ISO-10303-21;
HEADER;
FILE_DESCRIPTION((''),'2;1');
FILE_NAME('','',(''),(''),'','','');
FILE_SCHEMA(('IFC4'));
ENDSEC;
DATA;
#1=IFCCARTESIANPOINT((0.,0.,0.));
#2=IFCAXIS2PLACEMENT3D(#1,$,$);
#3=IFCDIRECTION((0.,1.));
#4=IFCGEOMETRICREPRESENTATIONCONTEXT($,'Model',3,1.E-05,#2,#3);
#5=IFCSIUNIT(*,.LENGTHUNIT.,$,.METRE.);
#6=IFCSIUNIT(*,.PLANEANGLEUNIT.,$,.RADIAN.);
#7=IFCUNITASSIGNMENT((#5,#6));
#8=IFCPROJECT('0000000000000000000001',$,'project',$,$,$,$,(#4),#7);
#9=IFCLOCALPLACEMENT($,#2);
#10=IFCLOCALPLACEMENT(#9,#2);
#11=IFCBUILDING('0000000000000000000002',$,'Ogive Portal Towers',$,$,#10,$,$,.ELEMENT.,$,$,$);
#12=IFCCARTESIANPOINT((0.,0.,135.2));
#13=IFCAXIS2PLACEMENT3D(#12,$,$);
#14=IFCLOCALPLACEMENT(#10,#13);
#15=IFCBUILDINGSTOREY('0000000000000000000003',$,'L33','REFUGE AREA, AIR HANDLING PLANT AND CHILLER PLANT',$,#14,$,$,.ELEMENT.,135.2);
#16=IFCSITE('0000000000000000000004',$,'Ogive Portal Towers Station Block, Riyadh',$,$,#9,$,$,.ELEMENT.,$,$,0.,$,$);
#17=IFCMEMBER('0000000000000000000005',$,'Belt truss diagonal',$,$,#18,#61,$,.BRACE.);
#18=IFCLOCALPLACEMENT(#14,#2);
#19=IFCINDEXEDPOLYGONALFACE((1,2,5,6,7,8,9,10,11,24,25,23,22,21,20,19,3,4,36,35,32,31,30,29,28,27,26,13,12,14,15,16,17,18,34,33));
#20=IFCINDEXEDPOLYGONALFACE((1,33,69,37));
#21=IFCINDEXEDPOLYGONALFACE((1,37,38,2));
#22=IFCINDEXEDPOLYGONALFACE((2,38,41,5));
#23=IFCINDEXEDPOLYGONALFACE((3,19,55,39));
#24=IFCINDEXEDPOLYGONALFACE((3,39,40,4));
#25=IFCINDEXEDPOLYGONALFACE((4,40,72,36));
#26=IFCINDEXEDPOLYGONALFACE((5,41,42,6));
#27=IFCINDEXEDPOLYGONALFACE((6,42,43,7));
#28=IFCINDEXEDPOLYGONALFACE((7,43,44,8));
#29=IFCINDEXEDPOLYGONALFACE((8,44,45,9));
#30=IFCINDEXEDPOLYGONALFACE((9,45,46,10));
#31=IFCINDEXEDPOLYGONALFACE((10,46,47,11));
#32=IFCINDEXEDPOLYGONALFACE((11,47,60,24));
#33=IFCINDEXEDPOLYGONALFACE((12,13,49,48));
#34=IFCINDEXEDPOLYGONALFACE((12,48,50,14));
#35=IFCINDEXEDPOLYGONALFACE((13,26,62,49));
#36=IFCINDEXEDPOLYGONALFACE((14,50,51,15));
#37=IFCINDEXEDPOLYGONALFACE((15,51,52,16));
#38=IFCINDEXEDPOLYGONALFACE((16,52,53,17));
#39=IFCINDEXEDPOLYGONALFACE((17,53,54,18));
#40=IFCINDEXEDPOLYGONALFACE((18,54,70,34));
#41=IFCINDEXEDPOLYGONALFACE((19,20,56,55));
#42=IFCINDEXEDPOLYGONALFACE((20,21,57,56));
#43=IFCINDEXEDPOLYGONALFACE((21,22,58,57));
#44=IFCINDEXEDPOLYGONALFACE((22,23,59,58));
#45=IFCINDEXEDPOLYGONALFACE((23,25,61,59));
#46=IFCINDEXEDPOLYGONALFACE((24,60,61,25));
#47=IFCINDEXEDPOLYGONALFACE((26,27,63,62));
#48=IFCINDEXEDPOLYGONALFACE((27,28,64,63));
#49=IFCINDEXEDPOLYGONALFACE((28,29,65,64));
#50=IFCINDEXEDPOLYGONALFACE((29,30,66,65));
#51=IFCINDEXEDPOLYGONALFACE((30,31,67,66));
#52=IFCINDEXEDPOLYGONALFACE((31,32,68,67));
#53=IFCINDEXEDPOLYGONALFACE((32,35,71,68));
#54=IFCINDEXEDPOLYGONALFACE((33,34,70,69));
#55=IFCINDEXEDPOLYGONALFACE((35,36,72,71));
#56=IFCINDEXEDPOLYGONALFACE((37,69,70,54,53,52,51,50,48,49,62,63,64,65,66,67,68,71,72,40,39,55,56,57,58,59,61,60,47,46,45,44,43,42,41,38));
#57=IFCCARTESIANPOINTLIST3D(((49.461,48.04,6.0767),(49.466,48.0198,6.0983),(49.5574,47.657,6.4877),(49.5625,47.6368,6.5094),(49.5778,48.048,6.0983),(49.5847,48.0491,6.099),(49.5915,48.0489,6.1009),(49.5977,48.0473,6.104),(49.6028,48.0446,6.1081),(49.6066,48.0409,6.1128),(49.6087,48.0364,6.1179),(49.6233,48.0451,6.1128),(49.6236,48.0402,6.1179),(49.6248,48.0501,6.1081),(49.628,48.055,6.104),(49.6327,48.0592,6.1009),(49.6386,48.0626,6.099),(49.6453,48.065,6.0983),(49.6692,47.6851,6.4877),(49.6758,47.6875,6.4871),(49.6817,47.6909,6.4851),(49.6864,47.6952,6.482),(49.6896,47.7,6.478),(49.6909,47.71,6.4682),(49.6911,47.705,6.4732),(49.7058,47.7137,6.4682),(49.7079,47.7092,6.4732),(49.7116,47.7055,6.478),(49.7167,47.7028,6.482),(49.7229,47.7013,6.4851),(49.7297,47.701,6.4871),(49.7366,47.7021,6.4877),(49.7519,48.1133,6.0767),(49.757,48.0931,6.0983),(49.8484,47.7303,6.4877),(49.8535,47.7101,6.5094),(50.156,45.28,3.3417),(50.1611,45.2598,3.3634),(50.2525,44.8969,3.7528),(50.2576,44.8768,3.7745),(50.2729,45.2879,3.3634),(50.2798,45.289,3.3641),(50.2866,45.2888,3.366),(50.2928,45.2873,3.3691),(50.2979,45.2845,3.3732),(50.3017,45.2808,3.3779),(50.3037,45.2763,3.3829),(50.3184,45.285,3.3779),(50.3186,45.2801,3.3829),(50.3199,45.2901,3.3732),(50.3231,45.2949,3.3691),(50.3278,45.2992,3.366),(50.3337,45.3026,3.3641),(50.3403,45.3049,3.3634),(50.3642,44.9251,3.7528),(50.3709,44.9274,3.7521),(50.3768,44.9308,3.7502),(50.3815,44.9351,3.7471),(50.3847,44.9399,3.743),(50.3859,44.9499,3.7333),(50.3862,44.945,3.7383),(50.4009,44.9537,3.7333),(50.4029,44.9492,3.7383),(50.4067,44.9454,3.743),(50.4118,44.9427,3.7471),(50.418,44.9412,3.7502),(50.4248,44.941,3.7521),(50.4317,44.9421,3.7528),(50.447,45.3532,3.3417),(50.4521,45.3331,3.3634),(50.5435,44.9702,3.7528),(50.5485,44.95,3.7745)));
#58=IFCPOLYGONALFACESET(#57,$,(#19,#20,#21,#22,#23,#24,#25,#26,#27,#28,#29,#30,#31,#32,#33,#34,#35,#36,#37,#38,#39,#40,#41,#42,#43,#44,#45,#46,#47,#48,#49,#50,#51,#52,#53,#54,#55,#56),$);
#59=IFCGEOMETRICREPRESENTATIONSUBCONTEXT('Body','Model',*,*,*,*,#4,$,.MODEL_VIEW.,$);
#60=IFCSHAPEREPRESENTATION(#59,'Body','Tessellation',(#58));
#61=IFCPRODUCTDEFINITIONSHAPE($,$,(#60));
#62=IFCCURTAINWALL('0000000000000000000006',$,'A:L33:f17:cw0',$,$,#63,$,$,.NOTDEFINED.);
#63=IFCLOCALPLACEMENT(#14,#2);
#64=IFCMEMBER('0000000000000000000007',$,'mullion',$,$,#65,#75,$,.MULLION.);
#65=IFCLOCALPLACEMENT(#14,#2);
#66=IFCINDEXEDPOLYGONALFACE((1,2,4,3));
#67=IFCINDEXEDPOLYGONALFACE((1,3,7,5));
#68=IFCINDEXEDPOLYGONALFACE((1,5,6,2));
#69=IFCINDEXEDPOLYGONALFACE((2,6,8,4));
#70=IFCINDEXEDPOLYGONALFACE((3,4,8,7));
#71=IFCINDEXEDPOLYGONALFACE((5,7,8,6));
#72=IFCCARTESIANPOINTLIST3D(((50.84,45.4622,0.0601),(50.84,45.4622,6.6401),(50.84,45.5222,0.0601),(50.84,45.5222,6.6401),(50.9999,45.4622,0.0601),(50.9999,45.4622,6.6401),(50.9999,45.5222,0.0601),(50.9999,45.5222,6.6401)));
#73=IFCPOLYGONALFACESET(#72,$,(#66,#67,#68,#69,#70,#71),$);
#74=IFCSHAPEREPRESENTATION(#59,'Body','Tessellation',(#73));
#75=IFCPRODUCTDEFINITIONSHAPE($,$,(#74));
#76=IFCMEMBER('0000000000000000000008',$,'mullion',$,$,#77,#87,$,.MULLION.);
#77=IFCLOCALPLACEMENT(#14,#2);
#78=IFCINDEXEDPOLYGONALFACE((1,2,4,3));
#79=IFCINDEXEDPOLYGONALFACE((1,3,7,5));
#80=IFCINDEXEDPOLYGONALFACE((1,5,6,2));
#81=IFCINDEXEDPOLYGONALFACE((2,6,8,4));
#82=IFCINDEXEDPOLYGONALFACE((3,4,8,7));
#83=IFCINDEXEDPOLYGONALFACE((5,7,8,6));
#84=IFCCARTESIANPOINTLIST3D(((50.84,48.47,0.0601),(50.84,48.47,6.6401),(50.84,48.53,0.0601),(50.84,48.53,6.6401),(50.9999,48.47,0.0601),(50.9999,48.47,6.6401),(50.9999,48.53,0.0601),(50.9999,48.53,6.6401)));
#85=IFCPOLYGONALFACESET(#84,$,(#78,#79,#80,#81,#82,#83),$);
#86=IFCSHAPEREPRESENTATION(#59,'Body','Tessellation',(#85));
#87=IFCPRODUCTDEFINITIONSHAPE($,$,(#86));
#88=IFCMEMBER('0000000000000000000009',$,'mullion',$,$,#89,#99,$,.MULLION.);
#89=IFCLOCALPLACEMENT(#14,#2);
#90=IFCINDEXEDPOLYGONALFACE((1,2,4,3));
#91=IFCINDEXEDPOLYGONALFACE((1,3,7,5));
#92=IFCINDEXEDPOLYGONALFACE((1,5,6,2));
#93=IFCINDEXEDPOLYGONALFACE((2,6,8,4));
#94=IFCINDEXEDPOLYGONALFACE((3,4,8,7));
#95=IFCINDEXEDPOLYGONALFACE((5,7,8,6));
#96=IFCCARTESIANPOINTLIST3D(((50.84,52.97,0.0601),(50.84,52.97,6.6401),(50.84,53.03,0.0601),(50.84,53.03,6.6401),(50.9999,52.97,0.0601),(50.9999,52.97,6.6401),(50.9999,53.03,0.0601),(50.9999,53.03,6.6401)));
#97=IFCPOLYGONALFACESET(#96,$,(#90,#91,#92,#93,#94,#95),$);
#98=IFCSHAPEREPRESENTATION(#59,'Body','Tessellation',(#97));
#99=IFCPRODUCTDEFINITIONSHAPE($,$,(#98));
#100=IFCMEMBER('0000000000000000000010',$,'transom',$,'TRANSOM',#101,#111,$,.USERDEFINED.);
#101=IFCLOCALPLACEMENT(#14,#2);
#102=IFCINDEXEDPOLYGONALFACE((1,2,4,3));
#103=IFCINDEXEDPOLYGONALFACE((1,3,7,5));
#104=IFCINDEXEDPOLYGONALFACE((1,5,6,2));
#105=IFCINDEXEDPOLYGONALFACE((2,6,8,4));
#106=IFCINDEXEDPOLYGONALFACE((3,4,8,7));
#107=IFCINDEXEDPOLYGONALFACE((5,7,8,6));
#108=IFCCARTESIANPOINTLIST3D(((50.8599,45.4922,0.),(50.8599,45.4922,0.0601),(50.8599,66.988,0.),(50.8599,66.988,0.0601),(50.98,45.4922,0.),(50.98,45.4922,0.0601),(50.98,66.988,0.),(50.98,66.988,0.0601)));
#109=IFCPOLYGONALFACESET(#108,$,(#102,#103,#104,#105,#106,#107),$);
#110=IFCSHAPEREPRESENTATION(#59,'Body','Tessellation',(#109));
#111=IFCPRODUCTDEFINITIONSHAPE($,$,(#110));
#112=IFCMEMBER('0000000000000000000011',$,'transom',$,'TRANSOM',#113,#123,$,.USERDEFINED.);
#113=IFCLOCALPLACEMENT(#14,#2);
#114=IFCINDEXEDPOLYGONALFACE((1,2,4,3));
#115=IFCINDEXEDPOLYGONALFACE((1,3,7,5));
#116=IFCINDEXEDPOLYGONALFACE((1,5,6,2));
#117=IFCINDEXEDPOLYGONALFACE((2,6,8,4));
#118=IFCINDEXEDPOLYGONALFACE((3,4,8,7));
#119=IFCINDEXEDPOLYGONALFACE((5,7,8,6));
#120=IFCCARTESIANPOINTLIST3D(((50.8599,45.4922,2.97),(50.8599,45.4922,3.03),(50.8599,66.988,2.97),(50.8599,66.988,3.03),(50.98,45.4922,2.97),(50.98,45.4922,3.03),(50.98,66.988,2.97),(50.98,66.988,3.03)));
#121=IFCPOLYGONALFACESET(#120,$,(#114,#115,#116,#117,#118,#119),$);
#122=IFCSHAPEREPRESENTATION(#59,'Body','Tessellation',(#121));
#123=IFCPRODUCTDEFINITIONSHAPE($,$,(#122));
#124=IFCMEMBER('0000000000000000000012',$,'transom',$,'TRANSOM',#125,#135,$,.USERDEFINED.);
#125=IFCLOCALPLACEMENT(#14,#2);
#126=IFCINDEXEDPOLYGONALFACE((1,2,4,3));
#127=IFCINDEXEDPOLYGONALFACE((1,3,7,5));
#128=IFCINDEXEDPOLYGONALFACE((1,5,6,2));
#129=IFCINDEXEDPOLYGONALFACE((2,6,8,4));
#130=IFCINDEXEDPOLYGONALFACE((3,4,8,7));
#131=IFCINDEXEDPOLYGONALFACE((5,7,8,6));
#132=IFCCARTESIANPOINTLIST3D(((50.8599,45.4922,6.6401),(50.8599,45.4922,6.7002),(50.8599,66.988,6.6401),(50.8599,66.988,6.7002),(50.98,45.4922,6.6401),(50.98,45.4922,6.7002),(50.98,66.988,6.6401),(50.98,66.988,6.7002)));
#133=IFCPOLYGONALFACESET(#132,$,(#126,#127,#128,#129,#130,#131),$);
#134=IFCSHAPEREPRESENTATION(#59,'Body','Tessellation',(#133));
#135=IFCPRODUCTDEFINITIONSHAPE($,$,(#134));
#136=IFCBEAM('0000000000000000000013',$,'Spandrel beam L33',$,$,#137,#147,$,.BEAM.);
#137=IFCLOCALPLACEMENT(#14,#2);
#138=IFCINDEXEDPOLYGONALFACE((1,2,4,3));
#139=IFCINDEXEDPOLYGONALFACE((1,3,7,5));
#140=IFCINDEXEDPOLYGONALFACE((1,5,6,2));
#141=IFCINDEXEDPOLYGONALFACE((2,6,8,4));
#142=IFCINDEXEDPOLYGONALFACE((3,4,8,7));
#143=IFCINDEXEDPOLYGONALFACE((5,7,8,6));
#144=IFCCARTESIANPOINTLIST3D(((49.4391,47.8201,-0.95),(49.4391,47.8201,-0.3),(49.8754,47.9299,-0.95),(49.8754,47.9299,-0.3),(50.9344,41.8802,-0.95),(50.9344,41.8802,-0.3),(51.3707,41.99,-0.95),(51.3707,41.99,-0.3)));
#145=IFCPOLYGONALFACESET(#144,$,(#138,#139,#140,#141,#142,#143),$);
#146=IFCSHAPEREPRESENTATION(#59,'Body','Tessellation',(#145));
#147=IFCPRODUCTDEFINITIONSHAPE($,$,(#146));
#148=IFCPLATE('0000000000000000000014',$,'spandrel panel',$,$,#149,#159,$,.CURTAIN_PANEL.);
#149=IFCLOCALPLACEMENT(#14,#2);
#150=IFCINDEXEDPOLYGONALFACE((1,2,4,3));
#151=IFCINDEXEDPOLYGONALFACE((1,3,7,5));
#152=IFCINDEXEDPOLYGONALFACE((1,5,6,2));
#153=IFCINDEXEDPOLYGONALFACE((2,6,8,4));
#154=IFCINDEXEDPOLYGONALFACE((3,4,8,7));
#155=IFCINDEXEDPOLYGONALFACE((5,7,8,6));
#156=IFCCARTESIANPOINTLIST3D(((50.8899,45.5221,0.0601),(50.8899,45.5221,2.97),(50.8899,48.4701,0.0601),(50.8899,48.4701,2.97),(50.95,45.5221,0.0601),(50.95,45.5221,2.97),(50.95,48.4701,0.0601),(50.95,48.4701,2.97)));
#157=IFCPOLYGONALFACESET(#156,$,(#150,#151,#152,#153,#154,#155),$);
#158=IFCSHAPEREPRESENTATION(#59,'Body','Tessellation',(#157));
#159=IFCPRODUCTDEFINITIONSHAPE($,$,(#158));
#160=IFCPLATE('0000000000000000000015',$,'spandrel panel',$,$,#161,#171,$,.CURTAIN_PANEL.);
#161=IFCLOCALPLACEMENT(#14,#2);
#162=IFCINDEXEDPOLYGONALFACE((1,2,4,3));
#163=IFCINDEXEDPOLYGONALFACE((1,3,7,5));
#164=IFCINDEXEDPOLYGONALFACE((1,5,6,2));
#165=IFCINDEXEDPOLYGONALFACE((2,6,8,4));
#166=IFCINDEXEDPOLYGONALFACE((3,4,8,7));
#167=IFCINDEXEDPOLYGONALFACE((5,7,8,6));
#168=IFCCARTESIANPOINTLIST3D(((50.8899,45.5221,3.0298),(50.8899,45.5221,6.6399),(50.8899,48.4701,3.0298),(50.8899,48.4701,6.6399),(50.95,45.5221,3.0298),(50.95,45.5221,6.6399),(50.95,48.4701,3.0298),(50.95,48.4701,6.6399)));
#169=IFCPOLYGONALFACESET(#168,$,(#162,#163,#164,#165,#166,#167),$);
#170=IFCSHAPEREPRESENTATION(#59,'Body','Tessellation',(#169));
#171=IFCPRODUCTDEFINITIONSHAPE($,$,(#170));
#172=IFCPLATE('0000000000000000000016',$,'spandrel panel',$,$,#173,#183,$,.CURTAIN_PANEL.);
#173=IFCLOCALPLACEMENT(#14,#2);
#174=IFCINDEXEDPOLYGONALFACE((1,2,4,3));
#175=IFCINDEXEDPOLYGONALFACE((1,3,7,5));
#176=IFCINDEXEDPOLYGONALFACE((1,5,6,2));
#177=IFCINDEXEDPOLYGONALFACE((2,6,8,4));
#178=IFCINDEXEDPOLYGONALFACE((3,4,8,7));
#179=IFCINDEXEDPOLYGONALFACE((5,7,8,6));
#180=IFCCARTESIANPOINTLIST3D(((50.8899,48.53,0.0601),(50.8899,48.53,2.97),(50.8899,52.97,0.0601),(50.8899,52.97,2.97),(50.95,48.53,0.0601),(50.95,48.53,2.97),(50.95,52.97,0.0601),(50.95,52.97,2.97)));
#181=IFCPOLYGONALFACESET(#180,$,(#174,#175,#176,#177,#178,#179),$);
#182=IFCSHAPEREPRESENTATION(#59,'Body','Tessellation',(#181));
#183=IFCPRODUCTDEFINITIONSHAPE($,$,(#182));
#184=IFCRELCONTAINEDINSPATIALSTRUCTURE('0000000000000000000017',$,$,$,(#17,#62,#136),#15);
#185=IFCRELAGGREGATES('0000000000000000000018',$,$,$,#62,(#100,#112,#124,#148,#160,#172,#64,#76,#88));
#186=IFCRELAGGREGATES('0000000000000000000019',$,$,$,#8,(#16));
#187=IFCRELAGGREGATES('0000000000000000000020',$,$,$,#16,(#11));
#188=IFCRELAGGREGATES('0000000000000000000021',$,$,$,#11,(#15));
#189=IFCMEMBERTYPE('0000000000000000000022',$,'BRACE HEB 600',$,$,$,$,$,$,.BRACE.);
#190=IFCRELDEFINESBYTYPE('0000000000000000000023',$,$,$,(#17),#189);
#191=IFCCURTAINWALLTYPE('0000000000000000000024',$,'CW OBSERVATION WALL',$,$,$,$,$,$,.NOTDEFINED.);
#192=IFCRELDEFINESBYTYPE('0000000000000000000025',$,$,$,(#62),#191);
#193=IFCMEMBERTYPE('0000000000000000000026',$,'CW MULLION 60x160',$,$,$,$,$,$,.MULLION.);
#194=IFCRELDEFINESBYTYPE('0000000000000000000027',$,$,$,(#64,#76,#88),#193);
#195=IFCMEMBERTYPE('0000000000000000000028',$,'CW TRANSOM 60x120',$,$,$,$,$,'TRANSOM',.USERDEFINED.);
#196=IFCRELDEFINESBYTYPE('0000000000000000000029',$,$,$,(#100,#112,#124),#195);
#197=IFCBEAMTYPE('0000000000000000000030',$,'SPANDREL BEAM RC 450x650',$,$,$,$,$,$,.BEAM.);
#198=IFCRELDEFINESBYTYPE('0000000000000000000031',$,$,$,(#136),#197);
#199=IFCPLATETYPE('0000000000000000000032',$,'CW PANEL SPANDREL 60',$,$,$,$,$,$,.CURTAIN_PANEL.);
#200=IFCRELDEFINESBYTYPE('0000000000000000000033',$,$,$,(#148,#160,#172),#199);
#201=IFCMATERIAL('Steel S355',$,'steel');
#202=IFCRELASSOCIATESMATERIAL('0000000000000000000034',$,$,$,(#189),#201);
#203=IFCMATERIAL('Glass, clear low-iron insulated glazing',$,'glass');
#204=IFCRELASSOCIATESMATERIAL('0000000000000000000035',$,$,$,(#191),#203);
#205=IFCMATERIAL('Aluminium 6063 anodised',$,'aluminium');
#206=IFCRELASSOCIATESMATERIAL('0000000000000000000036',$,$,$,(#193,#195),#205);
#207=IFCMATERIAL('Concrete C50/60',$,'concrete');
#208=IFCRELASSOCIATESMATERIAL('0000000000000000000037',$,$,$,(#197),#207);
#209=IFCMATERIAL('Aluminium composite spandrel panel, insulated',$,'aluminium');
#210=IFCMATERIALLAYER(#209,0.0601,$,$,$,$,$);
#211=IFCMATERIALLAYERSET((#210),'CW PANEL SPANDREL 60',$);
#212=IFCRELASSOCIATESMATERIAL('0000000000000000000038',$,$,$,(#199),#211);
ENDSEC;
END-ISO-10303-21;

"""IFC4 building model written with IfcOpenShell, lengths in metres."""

from ifc_helpers import new_model, si_unit, direction, frame, origin, origin_2d, place, context, subcontext, project, spatial, rectangle, i_section, extrude, material, layer, layer_set, material_profile, profile_set, type_object, element, aggregate, save


model = new_model("IFC4")

# Units and contexts
model_context = context("Model", 3, precision=1e-05, world=origin(), true_north=direction((0.0, 1.0)))
body_context = subcontext(model_context, "Body", "Model", "MODEL_VIEW")
ifc_project = project(units=[si_unit("LENGTHUNIT", "METRE"), si_unit("PLANEANGLEUNIT", "RADIAN")], contexts=[model_context])

# Site, building, storey
site_placement = place(None, origin())
site = spatial("IfcSite", under=ifc_project, at=site_placement, Name="Ogive Portal Towers Station Block, Riyadh", CompositionType="ELEMENT", RefElevation=0.0)
building_placement = place(site_placement, origin())
building = spatial("IfcBuilding", under=site, at=building_placement, Name="Ogive Portal Towers", CompositionType="ELEMENT")
storey_placement = place(building_placement, frame((0.0, 0.0, 135.2)))
storey = spatial("IfcBuildingStorey", under=building, at=storey_placement, Name="L33", Description="REFUGE AREA, AIR HANDLING PLANT AND CHILLER PLANT", CompositionType="ELEMENT", Elevation=135.2)

# Member
ifc_material_1 = material(Name="Steel S355", Category="steel")
ifc_material_profile_1 = material_profile(ifc_material_1, i_section(OverallWidth=0.3, OverallDepth=0.6001, WebThickness=0.0154, FlangeThickness=0.03, FilletRadius=0.0271, at=origin_2d()), Name="HEB 600")
ifc_profile_set_1 = profile_set([ifc_material_profile_1], Name="Steel S355")
member_type_1 = type_object("IfcMemberType", Name="BRACE HEB 600", PredefinedType="BRACE", material=ifc_profile_set_1)
member_1_placement = place(storey_placement, frame((50.3523, 45.115, 3.5581), z_axis=(-0.176092, 0.699235, 0.692865), x_axis=(-0.969722, -0.24421, 0.0)))
element("IfcMember", 1, at=member_1_placement, inside=storey, type_object=member_type_1, Name="Belt truss diagonal", PredefinedType="BRACE", context=body_context, shape_type="SweptSolid", body=[
    extrude(i_section(OverallWidth=0.3, OverallDepth=0.6001, WebThickness=0.0154, FlangeThickness=0.03, FilletRadius=0.0271, at=origin_2d()), origin(), (0.0, 0.0, 1.0), 3.9473),
])

# Curtain wall, members
ifc_material_2 = material(Name="Glass, clear low-iron insulated glazing", Category="glass")
curtain_wall_type = type_object("IfcCurtainWallType", Name="CW OBSERVATION WALL", PredefinedType="NOTDEFINED", material=ifc_material_2)
curtain_wall_1_placement = place(storey_placement, origin())
curtain_wall_1 = element("IfcCurtainWall", 2, at=curtain_wall_1_placement, inside=storey, type_object=curtain_wall_type, Name="A:L33:f17:cw0", PredefinedType="NOTDEFINED")
ifc_material_3 = material(Name="Aluminium 6063 anodised", Category="aluminium")
ifc_material_profile_2 = material_profile(ifc_material_3, rectangle(XDim=0.1599, YDim=0.0601, at=origin_2d()), Name="AL 60x160")
ifc_profile_set_2 = profile_set([ifc_material_profile_2], Name="Aluminium 6063 anodised")
member_type_2 = type_object("IfcMemberType", Name="CW MULLION 60x160", PredefinedType="MULLION", material=ifc_profile_set_2)
member_2_placement = place(storey_placement, frame((50.9199, 45.4922, 0.0601), z_axis=(0.0, 0.0, 1.0), x_axis=(-1.0, 0.0, 0.0)))
member_2 = element("IfcMember", 3, at=member_2_placement, type_object=member_type_2, Name="mullion", PredefinedType="MULLION", context=body_context, shape_type="SweptSolid", body=[
    extrude(rectangle(XDim=0.1599, YDim=0.0601, at=origin_2d()), origin(), (0.0, 0.0, 1.0), 6.5801),
])
member_3_placement = place(storey_placement, frame((50.9199, 48.5, 0.0601), z_axis=(0.0, 0.0, 1.0), x_axis=(-1.0, 0.0, 0.0)))
member_3 = element("IfcMember", 4, at=member_3_placement, type_object=member_type_2, Name="mullion", PredefinedType="MULLION", context=body_context, shape_type="SweptSolid", body=[
    extrude(rectangle(XDim=0.1599, YDim=0.0601, at=origin_2d()), origin(), (0.0, 0.0, 1.0), 6.5801),
])
member_4_placement = place(storey_placement, frame((50.9199, 53.0, 0.0601), z_axis=(0.0, 0.0, 1.0), x_axis=(-1.0, 0.0, 0.0)))
member_4 = element("IfcMember", 5, at=member_4_placement, type_object=member_type_2, Name="mullion", PredefinedType="MULLION", context=body_context, shape_type="SweptSolid", body=[
    extrude(rectangle(XDim=0.1599, YDim=0.0601, at=origin_2d()), origin(), (0.0, 0.0, 1.0), 6.5801),
])
ifc_material_profile_3 = material_profile(ifc_material_3, rectangle(XDim=0.1201, YDim=0.0601, at=origin_2d()), Name="AL 120x60")
ifc_profile_set_3 = profile_set([ifc_material_profile_3], Name="Aluminium 6063 anodised")
member_type_3 = type_object("IfcMemberType", Name="CW TRANSOM 60x120", ElementType="TRANSOM", PredefinedType="USERDEFINED", material=ifc_profile_set_3)
member_5_placement = place(storey_placement, frame((50.9199, 45.4922, 0.03), z_axis=(0.0, 1.0, 0.0), x_axis=(-1.0, 0.0, 0.0)))
member_5 = element("IfcMember", 6, at=member_5_placement, type_object=member_type_3, Name="transom", ObjectType="TRANSOM", PredefinedType="USERDEFINED", context=body_context, shape_type="SweptSolid", body=[
    extrude(rectangle(XDim=0.1201, YDim=0.0601, at=origin_2d()), origin(), (0.0, 0.0, 1.0), 21.4958),
])
member_6_placement = place(storey_placement, frame((50.9199, 45.4922, 3.0), z_axis=(0.0, 1.0, 0.0), x_axis=(-1.0, 0.0, 0.0)))
member_6 = element("IfcMember", 7, at=member_6_placement, type_object=member_type_3, Name="transom", ObjectType="TRANSOM", PredefinedType="USERDEFINED", context=body_context, shape_type="SweptSolid", body=[
    extrude(rectangle(XDim=0.1201, YDim=0.0601, at=origin_2d()), origin(), (0.0, 0.0, 1.0), 21.4958),
])
member_7_placement = place(storey_placement, frame((50.9199, 45.4922, 6.6702), z_axis=(0.0, 1.0, 0.0), x_axis=(-1.0, 0.0, 0.0)))
member_7 = element("IfcMember", 8, at=member_7_placement, type_object=member_type_3, Name="transom", ObjectType="TRANSOM", PredefinedType="USERDEFINED", context=body_context, shape_type="SweptSolid", body=[
    extrude(rectangle(XDim=0.1201, YDim=0.0601, at=origin_2d()), origin(), (0.0, 0.0, 1.0), 21.4958),
])

# Beam
ifc_material_4 = material(Name="Concrete C50/60", Category="concrete")
ifc_material_profile_4 = material_profile(ifc_material_4, rectangle(XDim=0.45, YDim=0.6499, at=origin_2d()), Name="RC 450x650")
ifc_profile_set_4 = profile_set([ifc_material_profile_4], Name="Concrete C50/60")
beam_type = type_object("IfcBeamType", Name="SPANDREL BEAM RC 450x650", PredefinedType="BEAM", material=ifc_profile_set_4)
beam_placement = place(storey_placement, frame((49.6572, 47.875, -0.625), z_axis=(0.24413, -0.969743, 0.0), x_axis=(0.969743, 0.24413, 0.0)))
element("IfcBeam", 9, at=beam_placement, inside=storey, type_object=beam_type, Name="Spandrel beam L33", PredefinedType="BEAM", context=body_context, shape_type="SweptSolid", body=[
    extrude(rectangle(XDim=0.45, YDim=0.6499, at=origin_2d()), origin(), (0.0, 0.0, 1.0), 6.1252),
])

# Plates
ifc_material_5 = material(Name="Aluminium composite spandrel panel, insulated", Category="aluminium")
ifc_layer_1 = layer(ifc_material_5, 0.0601)
ifc_layer_set_1 = layer_set([ifc_layer_1], Name="CW PANEL SPANDREL 60")
plate_type = type_object("IfcPlateType", Name="CW PANEL SPANDREL 60", PredefinedType="CURTAIN_PANEL", material=ifc_layer_set_1)
plate_1_placement = place(storey_placement, frame((50.9199, 46.9961, 0.0601), z_axis=(0.0, 0.0, 1.0), x_axis=(0.0, 1.0, 0.0)))
plate_1 = element("IfcPlate", 10, at=plate_1_placement, type_object=plate_type, Name="spandrel panel", PredefinedType="CURTAIN_PANEL", context=body_context, shape_type="SweptSolid", body=[
    extrude(rectangle(XDim=2.948, YDim=0.0601, at=origin_2d()), origin(), (0.0, 0.0, 1.0), 2.9099),
])
plate_2_placement = place(storey_placement, frame((50.9199, 46.9961, 3.0298), z_axis=(0.0, 0.0, 1.0), x_axis=(0.0, 1.0, 0.0)))
plate_2 = element("IfcPlate", 11, at=plate_2_placement, type_object=plate_type, Name="spandrel panel", PredefinedType="CURTAIN_PANEL", context=body_context, shape_type="SweptSolid", body=[
    extrude(rectangle(XDim=2.948, YDim=0.0601, at=origin_2d()), origin(), (0.0, 0.0, 1.0), 3.6101),
])
plate_3_placement = place(storey_placement, frame((50.9199, 50.75, 0.0601), z_axis=(0.0, 0.0, 1.0), x_axis=(0.0, 1.0, 0.0)))
plate_3 = element("IfcPlate", 12, at=plate_3_placement, type_object=plate_type, Name="spandrel panel", PredefinedType="CURTAIN_PANEL", context=body_context, shape_type="SweptSolid", body=[
    extrude(rectangle(XDim=4.4399, YDim=0.0601, at=origin_2d()), origin(), (0.0, 0.0, 1.0), 2.9099),
])
aggregate(curtain_wall_1, [member_5, member_6, member_7, plate_1, plate_2, plate_3, member_2, member_3, member_4])

save(model, "model.ifc")
